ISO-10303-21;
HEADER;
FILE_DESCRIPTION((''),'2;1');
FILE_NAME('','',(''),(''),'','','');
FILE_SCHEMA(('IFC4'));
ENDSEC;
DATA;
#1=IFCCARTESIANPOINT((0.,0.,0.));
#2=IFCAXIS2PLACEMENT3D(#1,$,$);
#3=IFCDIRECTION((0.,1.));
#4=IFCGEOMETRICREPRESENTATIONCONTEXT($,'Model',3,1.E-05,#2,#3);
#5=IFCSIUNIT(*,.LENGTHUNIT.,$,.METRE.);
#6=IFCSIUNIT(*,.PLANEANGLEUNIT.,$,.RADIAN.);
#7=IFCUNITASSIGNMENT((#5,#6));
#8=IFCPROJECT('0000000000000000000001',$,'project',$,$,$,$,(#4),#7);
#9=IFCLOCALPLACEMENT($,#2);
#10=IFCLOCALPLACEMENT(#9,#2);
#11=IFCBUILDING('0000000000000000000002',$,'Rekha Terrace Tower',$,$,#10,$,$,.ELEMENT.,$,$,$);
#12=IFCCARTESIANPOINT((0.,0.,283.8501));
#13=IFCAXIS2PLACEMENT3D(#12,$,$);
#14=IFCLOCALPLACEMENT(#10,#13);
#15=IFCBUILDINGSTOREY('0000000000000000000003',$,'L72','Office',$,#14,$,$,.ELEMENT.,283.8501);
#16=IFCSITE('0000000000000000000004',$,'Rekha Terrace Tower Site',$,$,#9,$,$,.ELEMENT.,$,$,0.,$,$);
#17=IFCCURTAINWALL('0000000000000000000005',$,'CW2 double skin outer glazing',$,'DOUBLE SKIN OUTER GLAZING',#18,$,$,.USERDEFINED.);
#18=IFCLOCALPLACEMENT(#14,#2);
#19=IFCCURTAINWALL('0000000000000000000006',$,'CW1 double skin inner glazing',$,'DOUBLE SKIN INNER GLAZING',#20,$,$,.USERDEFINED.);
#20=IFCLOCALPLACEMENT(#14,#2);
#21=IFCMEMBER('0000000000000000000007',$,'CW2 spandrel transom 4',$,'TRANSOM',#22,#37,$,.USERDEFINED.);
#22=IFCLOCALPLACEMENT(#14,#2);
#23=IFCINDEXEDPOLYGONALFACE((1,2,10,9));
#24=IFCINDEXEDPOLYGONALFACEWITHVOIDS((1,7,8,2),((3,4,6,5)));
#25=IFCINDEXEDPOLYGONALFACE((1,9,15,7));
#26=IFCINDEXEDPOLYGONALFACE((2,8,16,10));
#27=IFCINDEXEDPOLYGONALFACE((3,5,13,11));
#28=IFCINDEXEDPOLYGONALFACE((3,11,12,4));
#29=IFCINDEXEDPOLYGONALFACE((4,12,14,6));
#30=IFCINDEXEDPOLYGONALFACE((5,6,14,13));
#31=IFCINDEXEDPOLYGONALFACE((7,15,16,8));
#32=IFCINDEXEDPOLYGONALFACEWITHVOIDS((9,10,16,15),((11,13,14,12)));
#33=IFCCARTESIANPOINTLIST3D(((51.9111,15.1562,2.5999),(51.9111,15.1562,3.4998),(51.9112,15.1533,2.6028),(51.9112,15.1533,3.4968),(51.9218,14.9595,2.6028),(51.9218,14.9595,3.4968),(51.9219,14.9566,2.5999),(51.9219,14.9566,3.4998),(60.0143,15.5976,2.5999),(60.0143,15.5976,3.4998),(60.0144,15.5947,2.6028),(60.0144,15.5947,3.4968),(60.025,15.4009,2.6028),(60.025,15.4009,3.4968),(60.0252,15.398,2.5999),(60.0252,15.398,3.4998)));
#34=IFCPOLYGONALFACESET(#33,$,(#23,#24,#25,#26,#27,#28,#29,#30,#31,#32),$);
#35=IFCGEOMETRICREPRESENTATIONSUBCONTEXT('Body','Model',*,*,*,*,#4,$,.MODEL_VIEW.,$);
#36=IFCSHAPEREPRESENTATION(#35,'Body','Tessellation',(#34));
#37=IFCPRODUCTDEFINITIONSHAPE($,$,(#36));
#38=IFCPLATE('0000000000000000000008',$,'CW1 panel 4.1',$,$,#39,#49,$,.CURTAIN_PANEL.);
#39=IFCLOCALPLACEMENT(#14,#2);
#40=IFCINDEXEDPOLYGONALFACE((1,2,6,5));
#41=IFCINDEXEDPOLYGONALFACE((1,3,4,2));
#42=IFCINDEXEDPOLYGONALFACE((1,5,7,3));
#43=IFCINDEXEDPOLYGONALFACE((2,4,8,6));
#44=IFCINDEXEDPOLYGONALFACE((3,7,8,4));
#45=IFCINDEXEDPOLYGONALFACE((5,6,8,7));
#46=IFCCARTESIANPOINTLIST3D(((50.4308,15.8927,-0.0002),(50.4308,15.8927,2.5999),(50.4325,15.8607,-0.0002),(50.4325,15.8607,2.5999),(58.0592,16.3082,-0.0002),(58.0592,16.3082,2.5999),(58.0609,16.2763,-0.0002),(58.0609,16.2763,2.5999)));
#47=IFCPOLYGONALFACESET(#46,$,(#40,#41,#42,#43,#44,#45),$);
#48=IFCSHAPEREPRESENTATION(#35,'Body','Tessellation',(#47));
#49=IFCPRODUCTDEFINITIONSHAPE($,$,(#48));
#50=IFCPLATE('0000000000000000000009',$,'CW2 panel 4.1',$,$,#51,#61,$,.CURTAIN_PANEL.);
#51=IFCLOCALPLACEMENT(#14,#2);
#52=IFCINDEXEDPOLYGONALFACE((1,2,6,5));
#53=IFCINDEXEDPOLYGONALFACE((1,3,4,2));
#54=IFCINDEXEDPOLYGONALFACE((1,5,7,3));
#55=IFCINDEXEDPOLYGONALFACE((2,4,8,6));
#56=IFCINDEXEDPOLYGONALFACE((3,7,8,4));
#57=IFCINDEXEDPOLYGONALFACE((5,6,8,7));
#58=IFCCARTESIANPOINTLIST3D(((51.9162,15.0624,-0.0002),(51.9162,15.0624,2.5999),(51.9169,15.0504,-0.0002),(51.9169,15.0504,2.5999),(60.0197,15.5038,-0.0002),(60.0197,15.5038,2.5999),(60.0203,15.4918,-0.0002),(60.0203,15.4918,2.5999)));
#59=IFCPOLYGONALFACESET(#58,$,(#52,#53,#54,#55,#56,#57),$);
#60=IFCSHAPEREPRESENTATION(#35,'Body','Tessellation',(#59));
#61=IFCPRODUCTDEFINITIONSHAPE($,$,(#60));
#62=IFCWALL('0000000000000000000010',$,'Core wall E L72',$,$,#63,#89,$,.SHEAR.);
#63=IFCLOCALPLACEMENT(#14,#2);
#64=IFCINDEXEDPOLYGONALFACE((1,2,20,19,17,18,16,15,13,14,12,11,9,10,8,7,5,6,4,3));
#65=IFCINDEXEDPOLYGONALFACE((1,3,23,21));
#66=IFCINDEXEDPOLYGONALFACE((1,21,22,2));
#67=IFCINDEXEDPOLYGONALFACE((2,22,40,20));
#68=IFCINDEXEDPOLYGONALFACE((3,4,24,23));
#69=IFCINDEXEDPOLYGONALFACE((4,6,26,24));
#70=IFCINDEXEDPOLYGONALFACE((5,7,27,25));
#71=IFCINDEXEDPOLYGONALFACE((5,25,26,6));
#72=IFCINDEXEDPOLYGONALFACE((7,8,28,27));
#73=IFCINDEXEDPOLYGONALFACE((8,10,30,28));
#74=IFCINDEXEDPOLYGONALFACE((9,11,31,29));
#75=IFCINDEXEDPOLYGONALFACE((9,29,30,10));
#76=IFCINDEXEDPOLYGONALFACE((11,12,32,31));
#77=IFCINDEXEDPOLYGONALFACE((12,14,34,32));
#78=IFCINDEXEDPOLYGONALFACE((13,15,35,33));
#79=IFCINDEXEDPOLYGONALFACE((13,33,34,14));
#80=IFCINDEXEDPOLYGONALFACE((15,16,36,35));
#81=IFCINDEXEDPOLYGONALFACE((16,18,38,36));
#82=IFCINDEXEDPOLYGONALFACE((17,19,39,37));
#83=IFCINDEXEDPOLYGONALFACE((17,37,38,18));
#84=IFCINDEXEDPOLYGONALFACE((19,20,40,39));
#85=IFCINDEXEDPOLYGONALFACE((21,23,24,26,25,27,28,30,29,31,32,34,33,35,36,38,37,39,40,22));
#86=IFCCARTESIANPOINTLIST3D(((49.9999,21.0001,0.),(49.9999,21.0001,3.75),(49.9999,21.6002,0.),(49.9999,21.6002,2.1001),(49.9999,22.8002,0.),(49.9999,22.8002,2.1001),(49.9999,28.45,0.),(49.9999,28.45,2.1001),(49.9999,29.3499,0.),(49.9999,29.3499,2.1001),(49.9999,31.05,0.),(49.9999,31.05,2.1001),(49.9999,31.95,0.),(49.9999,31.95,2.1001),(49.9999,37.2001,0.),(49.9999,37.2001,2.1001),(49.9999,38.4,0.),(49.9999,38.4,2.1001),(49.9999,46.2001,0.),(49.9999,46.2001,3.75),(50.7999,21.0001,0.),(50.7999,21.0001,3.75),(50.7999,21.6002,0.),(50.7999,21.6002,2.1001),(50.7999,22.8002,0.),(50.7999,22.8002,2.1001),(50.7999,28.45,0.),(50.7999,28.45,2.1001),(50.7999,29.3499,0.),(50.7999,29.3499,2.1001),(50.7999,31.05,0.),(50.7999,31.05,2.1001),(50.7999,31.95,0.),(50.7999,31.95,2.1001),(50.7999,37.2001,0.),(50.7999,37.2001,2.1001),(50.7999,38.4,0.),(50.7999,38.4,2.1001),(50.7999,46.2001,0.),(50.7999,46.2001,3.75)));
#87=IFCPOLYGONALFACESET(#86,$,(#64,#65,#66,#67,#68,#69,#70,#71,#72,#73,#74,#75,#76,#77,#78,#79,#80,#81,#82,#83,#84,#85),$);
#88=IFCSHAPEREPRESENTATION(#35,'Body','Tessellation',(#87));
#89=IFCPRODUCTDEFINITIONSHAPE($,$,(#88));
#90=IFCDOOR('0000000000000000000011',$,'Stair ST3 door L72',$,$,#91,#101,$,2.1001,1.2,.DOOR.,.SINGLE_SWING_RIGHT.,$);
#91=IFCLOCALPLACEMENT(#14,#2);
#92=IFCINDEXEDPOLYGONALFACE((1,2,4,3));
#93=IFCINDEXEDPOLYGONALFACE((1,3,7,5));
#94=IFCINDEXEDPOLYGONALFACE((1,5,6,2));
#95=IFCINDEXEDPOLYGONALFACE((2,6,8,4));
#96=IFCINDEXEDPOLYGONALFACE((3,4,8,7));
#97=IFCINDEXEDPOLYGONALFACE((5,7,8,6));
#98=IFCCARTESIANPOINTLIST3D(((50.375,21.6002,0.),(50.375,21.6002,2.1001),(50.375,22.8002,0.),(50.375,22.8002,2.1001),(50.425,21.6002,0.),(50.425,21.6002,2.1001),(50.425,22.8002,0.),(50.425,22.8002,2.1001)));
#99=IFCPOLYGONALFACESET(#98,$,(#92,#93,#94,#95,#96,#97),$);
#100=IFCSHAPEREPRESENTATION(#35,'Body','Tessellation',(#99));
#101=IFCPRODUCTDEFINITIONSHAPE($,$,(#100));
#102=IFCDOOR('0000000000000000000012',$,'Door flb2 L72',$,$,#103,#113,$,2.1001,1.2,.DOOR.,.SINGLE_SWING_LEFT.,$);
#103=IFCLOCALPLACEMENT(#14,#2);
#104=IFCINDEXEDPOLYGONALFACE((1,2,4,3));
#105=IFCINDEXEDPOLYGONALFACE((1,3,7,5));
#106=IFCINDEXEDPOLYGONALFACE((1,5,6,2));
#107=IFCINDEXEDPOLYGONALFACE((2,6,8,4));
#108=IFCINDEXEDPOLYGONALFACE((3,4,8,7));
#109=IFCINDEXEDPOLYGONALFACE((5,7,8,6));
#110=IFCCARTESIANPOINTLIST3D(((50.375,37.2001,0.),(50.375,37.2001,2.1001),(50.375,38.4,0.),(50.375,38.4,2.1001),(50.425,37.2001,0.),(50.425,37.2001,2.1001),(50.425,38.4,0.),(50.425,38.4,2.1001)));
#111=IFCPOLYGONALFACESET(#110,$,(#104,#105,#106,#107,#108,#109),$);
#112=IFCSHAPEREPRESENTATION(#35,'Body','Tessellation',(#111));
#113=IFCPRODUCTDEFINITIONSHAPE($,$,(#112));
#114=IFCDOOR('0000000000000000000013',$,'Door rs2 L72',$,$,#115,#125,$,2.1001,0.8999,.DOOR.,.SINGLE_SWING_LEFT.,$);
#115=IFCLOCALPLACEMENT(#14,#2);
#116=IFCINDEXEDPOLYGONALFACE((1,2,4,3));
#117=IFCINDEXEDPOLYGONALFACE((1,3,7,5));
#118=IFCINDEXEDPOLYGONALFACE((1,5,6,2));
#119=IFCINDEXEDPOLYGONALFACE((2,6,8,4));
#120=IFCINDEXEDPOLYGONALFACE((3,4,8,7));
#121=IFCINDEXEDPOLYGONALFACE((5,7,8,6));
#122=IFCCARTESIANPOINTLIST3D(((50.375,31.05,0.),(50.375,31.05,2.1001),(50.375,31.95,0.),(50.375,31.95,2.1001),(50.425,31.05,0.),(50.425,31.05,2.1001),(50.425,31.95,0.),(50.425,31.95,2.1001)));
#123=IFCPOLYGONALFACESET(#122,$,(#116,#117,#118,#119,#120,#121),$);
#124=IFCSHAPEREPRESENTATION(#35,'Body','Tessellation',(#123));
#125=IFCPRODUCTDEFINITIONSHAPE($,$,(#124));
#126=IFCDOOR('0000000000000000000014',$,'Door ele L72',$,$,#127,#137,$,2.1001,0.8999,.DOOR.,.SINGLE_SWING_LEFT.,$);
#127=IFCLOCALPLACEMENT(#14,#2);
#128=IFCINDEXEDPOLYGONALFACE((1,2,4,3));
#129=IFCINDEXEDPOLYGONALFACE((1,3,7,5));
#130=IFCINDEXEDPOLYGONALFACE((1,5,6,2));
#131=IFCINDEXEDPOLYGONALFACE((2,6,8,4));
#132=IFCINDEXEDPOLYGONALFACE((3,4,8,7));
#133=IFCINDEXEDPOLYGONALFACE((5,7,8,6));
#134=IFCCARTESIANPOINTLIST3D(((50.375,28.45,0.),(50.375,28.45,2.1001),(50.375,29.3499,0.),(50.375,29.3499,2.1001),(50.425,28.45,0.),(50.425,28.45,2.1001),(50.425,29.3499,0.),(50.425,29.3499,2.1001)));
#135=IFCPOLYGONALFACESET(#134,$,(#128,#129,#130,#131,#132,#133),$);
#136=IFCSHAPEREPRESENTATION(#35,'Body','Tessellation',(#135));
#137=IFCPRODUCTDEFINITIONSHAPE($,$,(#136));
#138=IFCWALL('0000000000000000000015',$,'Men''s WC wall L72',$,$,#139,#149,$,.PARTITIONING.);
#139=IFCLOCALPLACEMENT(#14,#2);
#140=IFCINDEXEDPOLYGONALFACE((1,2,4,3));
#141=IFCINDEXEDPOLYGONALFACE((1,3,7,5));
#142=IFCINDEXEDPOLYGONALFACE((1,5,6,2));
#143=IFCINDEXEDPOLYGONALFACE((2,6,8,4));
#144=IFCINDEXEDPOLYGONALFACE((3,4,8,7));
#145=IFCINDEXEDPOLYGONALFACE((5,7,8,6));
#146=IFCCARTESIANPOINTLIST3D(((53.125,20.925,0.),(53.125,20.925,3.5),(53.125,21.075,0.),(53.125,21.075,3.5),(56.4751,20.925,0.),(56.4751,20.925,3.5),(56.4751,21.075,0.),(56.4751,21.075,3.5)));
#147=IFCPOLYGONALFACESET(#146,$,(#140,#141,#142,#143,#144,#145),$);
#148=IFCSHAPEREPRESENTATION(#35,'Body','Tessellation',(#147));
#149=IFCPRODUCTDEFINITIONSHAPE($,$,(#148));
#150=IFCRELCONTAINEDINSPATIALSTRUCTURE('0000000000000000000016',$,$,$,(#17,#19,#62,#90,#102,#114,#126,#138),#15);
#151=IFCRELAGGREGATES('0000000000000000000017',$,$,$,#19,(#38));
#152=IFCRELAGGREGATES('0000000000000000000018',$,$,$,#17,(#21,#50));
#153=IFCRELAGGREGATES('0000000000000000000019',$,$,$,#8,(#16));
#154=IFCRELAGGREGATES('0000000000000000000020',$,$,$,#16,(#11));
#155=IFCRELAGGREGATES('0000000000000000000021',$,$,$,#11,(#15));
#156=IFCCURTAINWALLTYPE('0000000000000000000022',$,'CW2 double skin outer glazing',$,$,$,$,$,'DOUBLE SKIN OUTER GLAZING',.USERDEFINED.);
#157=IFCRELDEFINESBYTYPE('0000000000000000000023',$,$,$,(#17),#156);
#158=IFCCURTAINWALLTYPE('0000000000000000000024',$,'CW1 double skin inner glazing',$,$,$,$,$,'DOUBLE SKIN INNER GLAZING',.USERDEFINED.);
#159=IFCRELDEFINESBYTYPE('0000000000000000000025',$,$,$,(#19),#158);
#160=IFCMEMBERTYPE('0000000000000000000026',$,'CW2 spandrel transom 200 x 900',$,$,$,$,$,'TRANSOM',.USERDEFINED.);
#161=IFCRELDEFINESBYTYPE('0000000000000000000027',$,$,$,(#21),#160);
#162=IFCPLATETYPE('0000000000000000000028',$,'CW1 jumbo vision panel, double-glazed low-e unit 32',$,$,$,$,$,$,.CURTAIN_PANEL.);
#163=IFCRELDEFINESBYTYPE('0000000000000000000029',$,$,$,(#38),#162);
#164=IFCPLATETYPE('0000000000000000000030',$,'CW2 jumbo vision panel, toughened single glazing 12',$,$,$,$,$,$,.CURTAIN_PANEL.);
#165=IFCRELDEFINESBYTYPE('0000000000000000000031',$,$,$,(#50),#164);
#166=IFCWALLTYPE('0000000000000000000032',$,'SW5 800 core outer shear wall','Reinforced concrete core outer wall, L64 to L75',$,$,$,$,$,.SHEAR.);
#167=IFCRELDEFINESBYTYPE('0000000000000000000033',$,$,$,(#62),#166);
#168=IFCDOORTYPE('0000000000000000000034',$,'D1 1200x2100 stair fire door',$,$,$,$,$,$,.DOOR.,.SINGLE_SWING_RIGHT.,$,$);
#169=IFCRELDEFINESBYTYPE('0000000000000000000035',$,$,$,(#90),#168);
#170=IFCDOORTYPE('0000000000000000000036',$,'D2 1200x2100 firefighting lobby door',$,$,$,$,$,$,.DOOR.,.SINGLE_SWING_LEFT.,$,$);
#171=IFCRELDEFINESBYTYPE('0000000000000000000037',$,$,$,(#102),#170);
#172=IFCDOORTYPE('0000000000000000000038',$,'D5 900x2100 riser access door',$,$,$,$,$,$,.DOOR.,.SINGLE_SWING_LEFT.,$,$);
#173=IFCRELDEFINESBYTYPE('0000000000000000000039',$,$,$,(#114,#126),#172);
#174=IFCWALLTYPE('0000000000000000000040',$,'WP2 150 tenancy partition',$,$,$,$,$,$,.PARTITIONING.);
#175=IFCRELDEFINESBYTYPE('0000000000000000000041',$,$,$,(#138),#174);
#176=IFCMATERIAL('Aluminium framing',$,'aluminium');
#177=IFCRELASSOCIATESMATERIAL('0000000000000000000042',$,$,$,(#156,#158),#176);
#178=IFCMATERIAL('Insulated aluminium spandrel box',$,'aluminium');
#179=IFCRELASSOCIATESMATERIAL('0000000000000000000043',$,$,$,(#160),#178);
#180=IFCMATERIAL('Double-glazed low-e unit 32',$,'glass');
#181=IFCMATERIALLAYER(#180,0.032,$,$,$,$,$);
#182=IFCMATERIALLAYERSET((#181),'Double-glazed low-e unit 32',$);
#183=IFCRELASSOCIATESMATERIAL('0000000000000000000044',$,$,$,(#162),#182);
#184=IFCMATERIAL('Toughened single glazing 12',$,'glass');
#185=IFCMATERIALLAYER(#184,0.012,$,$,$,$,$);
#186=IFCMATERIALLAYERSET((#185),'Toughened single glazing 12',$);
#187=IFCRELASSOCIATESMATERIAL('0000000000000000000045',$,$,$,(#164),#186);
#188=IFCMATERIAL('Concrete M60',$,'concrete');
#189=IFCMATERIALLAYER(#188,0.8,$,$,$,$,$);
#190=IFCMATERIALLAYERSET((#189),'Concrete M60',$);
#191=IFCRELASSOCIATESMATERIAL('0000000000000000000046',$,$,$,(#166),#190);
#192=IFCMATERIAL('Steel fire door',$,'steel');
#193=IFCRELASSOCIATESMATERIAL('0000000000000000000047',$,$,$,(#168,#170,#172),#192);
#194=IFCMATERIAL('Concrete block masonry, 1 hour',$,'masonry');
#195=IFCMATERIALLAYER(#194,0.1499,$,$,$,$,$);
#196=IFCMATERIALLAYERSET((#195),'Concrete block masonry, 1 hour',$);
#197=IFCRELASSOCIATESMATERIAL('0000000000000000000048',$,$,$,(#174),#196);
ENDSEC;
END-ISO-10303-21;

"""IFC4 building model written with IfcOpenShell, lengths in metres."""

from ifc_helpers import new_model, si_unit, direction, frame, frame_2d, origin, origin_2d, place, context, subcontext, project, spatial, rectangle, hollow_rectangle, extrude, material, layer, layer_set, material_profile, profile_set, type_object, element, fill, aggregate, save


model = new_model("IFC4")

# Units and contexts
model_context = context("Model", 3, precision=1e-05, world=origin(), true_north=direction((0.0, 1.0)))
body_context = subcontext(model_context, "Body", "Model", "MODEL_VIEW")
ifc_project = project(units=[si_unit("LENGTHUNIT", "METRE"), si_unit("PLANEANGLEUNIT", "RADIAN")], contexts=[model_context])

# Site, building, storey
site_placement = place(None, origin())
site = spatial("IfcSite", under=ifc_project, at=site_placement, Name="Rekha Terrace Tower Site", CompositionType="ELEMENT", RefElevation=0.0)
building_placement = place(site_placement, origin())
building = spatial("IfcBuilding", under=site, at=building_placement, Name="Rekha Terrace Tower", CompositionType="ELEMENT")
storey_placement = place(building_placement, frame((0.0, 0.0, 283.8501)))
storey = spatial("IfcBuildingStorey", under=building, at=storey_placement, Name="L72", Description="Office", CompositionType="ELEMENT", Elevation=283.8501)

# Shared definitions
ifc_material_1 = material(Name="Concrete M60", Category="concrete")

# Curtain wall
ifc_material_2 = material(Name="Aluminium framing", Category="aluminium")
curtain_wall_type_1 = type_object("IfcCurtainWallType", Name="CW2 double skin outer glazing", ElementType="DOUBLE SKIN OUTER GLAZING", PredefinedType="USERDEFINED", material=ifc_material_2)
curtain_wall_1_placement = place(storey_placement, origin())
curtain_wall_1 = element("IfcCurtainWall", 1, at=curtain_wall_1_placement, inside=storey, type_object=curtain_wall_type_1, Name="CW2 double skin outer glazing", ObjectType="DOUBLE SKIN OUTER GLAZING", PredefinedType="USERDEFINED")

# Curtain wall
curtain_wall_type_2 = type_object("IfcCurtainWallType", Name="CW1 double skin inner glazing", ElementType="DOUBLE SKIN INNER GLAZING", PredefinedType="USERDEFINED", material=ifc_material_2)
curtain_wall_2_placement = place(storey_placement, origin())
curtain_wall_2 = element("IfcCurtainWall", 2, at=curtain_wall_2_placement, inside=storey, type_object=curtain_wall_type_2, Name="CW1 double skin inner glazing", ObjectType="DOUBLE SKIN INNER GLAZING", PredefinedType="USERDEFINED")
ifc_material_3 = material(Name="Insulated aluminium spandrel box", Category="aluminium")

# Member
ifc_material_profile_1 = material_profile(ifc_material_3, hollow_rectangle(XDim=0.2, YDim=0.8999, WallThickness=0.0029, at=origin_2d()), Name="AL SPANDREL BOX 200x900")
ifc_profile_set_1 = profile_set([ifc_material_profile_1], Name="Insulated aluminium spandrel box")
member_type_1 = type_object("IfcMemberType", Name="CW2 spandrel transom 200 x 900", ElementType="TRANSOM", PredefinedType="USERDEFINED", material=ifc_profile_set_1)
member_1_placement = place(storey_placement, frame((51.9165, 15.0564, 3.0498), z_axis=(0.99852, 0.054392, 0.0), x_axis=(-0.054392, 0.99852, 0.0)))
member_1 = element("IfcMember", 3, at=member_1_placement, type_object=member_type_1, Name="CW2 spandrel transom 4", ObjectType="TRANSOM", PredefinedType="USERDEFINED", context=body_context, shape_type="SweptSolid", body=[
    extrude(hollow_rectangle(XDim=0.2, YDim=0.8999, WallThickness=0.0029, at=origin_2d()), origin(), (0.0, 0.0, 1.0), 8.1152),
])

# Plates
ifc_material_4 = material(Name="Double-glazed low-e unit 32", Category="glass")
ifc_layer_1 = layer(ifc_material_4, 0.032)
ifc_layer_set_1 = layer_set([ifc_layer_1], Name="Double-glazed low-e unit 32")
plate_type_1 = type_object("IfcPlateType", Name="CW1 jumbo vision panel, double-glazed low-e unit 32", PredefinedType="CURTAIN_PANEL", material=ifc_layer_set_1)
plate_1_placement = place(storey_placement, frame((54.2458, 16.0845, -0.0002), z_axis=(0.0, 0.0, 1.0), x_axis=(0.99852, 0.054389, 0.0)))
plate_1 = element("IfcPlate", 4, at=plate_1_placement, type_object=plate_type_1, Name="CW1 panel 4.1", PredefinedType="CURTAIN_PANEL", context=body_context, shape_type="SweptSolid", body=[
    extrude(rectangle(XDim=7.6396, YDim=0.032, at=origin_2d()), origin(), (0.0, 0.0, 1.0), 2.6001),
])
aggregate(curtain_wall_2, [plate_1])
ifc_material_5 = material(Name="Toughened single glazing 12", Category="glass")
ifc_layer_2 = layer(ifc_material_5, 0.012)
ifc_layer_set_2 = layer_set([ifc_layer_2], Name="Toughened single glazing 12")
plate_type_2 = type_object("IfcPlateType", Name="CW2 jumbo vision panel, toughened single glazing 12", PredefinedType="CURTAIN_PANEL", material=ifc_layer_set_2)
plate_2_placement = place(storey_placement, frame((55.9683, 15.2771, -0.0002), z_axis=(0.0, 0.0, 1.0), x_axis=(0.99852, 0.054389, 0.0)))
plate_2 = element("IfcPlate", 5, at=plate_2_placement, type_object=plate_type_2, Name="CW2 panel 4.1", PredefinedType="CURTAIN_PANEL", context=body_context, shape_type="SweptSolid", body=[
    extrude(rectangle(XDim=8.1155, YDim=0.012, at=origin_2d()), origin(), (0.0, 0.0, 1.0), 2.6001),
])
aggregate(curtain_wall_1, [member_1, plate_2])

# Wall, openings, doors
ifc_layer_3 = layer(ifc_material_1, 0.8)
ifc_layer_set_3 = layer_set([ifc_layer_3], Name="Concrete M60")
wall_type_1 = type_object("IfcWallType", Name="SW5 800 core outer shear wall", Description="Reinforced concrete core outer wall, L64 to L75", PredefinedType="SHEAR", material=ifc_layer_set_3)
wall_1_placement = place(storey_placement, frame((50.3999, 21.0, 0.0), z_axis=(0.0, 0.0, 1.0), x_axis=(0.0, 1.0, 0.0)))
wall_1 = element("IfcWall", 6, at=wall_1_placement, inside=storey, type_object=wall_type_1, Name="Core wall E L72", PredefinedType="SHEAR", context=body_context, shape_type="SweptSolid", body=[
    extrude(rectangle(XDim=25.2, YDim=0.8, at=frame_2d((12.6001, 0.0))), origin(), (0.0, 0.0, 1.0), 3.75),
])
opening_1_placement = place(wall_1_placement, frame((16.2, 0.0, 0.0)))
opening_1 = element("IfcOpeningElement", 7, at=opening_1_placement, cuts=wall_1, PredefinedType="OPENING", context=body_context, shape_type="SweptSolid", body=[
    extrude(rectangle(XDim=1.2, YDim=2.1001, at=frame_2d((0.6001, 1.05))), frame((0.0, 0.4099, 0.0), z_axis=(0.0, -1.0, 0.0), x_axis=(1.0, 0.0, 0.0)), (0.0, 0.0, 1.0), 0.8201),
])
opening_2_placement = place(wall_1_placement, frame((10.05, 0.0, 0.0)))
opening_2 = element("IfcOpeningElement", 8, at=opening_2_placement, cuts=wall_1, PredefinedType="OPENING", context=body_context, shape_type="SweptSolid", body=[
    extrude(rectangle(XDim=0.8999, YDim=2.1001, at=frame_2d((0.45, 1.05))), frame((0.0, 0.4099, 0.0), z_axis=(0.0, -1.0, 0.0), x_axis=(1.0, 0.0, 0.0)), (0.0, 0.0, 1.0), 0.8201),
])
opening_3_placement = place(wall_1_placement, frame((7.45, 0.0, 0.0)))
opening_3 = element("IfcOpeningElement", 9, at=opening_3_placement, cuts=wall_1, PredefinedType="OPENING", context=body_context, shape_type="SweptSolid", body=[
    extrude(rectangle(XDim=0.8999, YDim=2.1001, at=frame_2d((0.45, 1.05))), frame((0.0, 0.4099, 0.0), z_axis=(0.0, -1.0, 0.0), x_axis=(1.0, 0.0, 0.0)), (0.0, 0.0, 1.0), 0.8201),
])
opening_4_placement = place(wall_1_placement, frame((0.6001, 0.0, 0.0)))
opening_4 = element("IfcOpeningElement", 10, at=opening_4_placement, cuts=wall_1, PredefinedType="OPENING", context=body_context, shape_type="SweptSolid", body=[
    extrude(rectangle(XDim=1.2, YDim=2.1001, at=frame_2d((0.6001, 1.05))), frame((0.0, 0.4099, 0.0), z_axis=(0.0, -1.0, 0.0), x_axis=(1.0, 0.0, 0.0)), (0.0, 0.0, 1.0), 0.8201),
])
ifc_material_6 = material(Name="Steel fire door", Category="steel")
door_type_1 = type_object("IfcDoorType", Name="D1 1200x2100 stair fire door", OperationType="SINGLE_SWING_RIGHT", PredefinedType="DOOR", material=ifc_material_6)
door_1_placement = place(opening_4_placement, origin())
door_1 = element("IfcDoor", 11, at=door_1_placement, inside=storey, type_object=door_type_1, Name="Stair ST3 door L72", OperationType="SINGLE_SWING_RIGHT", OverallHeight=2.1001, OverallWidth=1.2, PredefinedType="DOOR", context=body_context, shape_type="SweptSolid", body=[
    extrude(rectangle(XDim=1.2, YDim=2.1001, at=frame_2d((0.6001, 1.05))), frame((0.0, 0.0249, 0.0), z_axis=(0.0, -1.0, 0.0), x_axis=(1.0, 0.0, 0.0)), (0.0, 0.0, 1.0), 0.05),
])
fill(opening_4, door_1)
door_type_2 = type_object("IfcDoorType", Name="D2 1200x2100 firefighting lobby door", OperationType="SINGLE_SWING_LEFT", PredefinedType="DOOR", material=ifc_material_6)
door_2_placement = place(opening_1_placement, origin())
door_2 = element("IfcDoor", 12, at=door_2_placement, inside=storey, type_object=door_type_2, Name="Door flb2 L72", OperationType="SINGLE_SWING_LEFT", OverallHeight=2.1001, OverallWidth=1.2, PredefinedType="DOOR", context=body_context, shape_type="SweptSolid", body=[
    extrude(rectangle(XDim=1.2, YDim=2.1001, at=frame_2d((0.6001, 1.05))), frame((0.0, 0.0249, 0.0), z_axis=(0.0, -1.0, 0.0), x_axis=(1.0, 0.0, 0.0)), (0.0, 0.0, 1.0), 0.05),
])
fill(opening_1, door_2)
door_type_3 = type_object("IfcDoorType", Name="D5 900x2100 riser access door", OperationType="SINGLE_SWING_LEFT", PredefinedType="DOOR", material=ifc_material_6)
door_3_placement = place(opening_2_placement, origin())
door_3 = element("IfcDoor", 13, at=door_3_placement, inside=storey, type_object=door_type_3, Name="Door rs2 L72", OperationType="SINGLE_SWING_LEFT", OverallHeight=2.1001, OverallWidth=0.8999, PredefinedType="DOOR", context=body_context, shape_type="SweptSolid", body=[
    extrude(rectangle(XDim=0.8999, YDim=2.1001, at=frame_2d((0.45, 1.05))), frame((0.0, 0.0249, 0.0), z_axis=(0.0, -1.0, 0.0), x_axis=(1.0, 0.0, 0.0)), (0.0, 0.0, 1.0), 0.05),
])
fill(opening_2, door_3)
door_4_placement = place(opening_3_placement, origin())
door_4 = element("IfcDoor", 14, at=door_4_placement, inside=storey, type_object=door_type_3, Name="Door ele L72", OperationType="SINGLE_SWING_LEFT", OverallHeight=2.1001, OverallWidth=0.8999, PredefinedType="DOOR", context=body_context, shape_type="SweptSolid", body=[
    extrude(rectangle(XDim=0.8999, YDim=2.1001, at=frame_2d((0.45, 1.05))), frame((0.0, 0.0249, 0.0), z_axis=(0.0, -1.0, 0.0), x_axis=(1.0, 0.0, 0.0)), (0.0, 0.0, 1.0), 0.05),
])
fill(opening_3, door_4)

# Wall
ifc_material_7 = material(Name="Concrete block masonry, 1 hour", Category="masonry")
ifc_layer_4 = layer(ifc_material_7, 0.1499)
ifc_layer_set_4 = layer_set([ifc_layer_4], Name="Concrete block masonry, 1 hour")
wall_type_2 = type_object("IfcWallType", Name="WP2 150 tenancy partition", PredefinedType="PARTITIONING", material=ifc_layer_set_4)
wall_2_placement = place(storey_placement, frame((53.125, 21.0, 0.0), z_axis=(0.0, 0.0, 1.0), x_axis=(1.0, 0.0, 0.0)))
element("IfcWall", 15, at=wall_2_placement, inside=storey, type_object=wall_type_2, Name="Men's WC wall L72", PredefinedType="PARTITIONING", context=body_context, shape_type="SweptSolid", body=[
    extrude(rectangle(XDim=3.3501, YDim=0.1499, at=frame_2d((1.675, 0.0))), origin(), (0.0, 0.0, 1.0), 3.5),
])

save(model, "model.ifc")
